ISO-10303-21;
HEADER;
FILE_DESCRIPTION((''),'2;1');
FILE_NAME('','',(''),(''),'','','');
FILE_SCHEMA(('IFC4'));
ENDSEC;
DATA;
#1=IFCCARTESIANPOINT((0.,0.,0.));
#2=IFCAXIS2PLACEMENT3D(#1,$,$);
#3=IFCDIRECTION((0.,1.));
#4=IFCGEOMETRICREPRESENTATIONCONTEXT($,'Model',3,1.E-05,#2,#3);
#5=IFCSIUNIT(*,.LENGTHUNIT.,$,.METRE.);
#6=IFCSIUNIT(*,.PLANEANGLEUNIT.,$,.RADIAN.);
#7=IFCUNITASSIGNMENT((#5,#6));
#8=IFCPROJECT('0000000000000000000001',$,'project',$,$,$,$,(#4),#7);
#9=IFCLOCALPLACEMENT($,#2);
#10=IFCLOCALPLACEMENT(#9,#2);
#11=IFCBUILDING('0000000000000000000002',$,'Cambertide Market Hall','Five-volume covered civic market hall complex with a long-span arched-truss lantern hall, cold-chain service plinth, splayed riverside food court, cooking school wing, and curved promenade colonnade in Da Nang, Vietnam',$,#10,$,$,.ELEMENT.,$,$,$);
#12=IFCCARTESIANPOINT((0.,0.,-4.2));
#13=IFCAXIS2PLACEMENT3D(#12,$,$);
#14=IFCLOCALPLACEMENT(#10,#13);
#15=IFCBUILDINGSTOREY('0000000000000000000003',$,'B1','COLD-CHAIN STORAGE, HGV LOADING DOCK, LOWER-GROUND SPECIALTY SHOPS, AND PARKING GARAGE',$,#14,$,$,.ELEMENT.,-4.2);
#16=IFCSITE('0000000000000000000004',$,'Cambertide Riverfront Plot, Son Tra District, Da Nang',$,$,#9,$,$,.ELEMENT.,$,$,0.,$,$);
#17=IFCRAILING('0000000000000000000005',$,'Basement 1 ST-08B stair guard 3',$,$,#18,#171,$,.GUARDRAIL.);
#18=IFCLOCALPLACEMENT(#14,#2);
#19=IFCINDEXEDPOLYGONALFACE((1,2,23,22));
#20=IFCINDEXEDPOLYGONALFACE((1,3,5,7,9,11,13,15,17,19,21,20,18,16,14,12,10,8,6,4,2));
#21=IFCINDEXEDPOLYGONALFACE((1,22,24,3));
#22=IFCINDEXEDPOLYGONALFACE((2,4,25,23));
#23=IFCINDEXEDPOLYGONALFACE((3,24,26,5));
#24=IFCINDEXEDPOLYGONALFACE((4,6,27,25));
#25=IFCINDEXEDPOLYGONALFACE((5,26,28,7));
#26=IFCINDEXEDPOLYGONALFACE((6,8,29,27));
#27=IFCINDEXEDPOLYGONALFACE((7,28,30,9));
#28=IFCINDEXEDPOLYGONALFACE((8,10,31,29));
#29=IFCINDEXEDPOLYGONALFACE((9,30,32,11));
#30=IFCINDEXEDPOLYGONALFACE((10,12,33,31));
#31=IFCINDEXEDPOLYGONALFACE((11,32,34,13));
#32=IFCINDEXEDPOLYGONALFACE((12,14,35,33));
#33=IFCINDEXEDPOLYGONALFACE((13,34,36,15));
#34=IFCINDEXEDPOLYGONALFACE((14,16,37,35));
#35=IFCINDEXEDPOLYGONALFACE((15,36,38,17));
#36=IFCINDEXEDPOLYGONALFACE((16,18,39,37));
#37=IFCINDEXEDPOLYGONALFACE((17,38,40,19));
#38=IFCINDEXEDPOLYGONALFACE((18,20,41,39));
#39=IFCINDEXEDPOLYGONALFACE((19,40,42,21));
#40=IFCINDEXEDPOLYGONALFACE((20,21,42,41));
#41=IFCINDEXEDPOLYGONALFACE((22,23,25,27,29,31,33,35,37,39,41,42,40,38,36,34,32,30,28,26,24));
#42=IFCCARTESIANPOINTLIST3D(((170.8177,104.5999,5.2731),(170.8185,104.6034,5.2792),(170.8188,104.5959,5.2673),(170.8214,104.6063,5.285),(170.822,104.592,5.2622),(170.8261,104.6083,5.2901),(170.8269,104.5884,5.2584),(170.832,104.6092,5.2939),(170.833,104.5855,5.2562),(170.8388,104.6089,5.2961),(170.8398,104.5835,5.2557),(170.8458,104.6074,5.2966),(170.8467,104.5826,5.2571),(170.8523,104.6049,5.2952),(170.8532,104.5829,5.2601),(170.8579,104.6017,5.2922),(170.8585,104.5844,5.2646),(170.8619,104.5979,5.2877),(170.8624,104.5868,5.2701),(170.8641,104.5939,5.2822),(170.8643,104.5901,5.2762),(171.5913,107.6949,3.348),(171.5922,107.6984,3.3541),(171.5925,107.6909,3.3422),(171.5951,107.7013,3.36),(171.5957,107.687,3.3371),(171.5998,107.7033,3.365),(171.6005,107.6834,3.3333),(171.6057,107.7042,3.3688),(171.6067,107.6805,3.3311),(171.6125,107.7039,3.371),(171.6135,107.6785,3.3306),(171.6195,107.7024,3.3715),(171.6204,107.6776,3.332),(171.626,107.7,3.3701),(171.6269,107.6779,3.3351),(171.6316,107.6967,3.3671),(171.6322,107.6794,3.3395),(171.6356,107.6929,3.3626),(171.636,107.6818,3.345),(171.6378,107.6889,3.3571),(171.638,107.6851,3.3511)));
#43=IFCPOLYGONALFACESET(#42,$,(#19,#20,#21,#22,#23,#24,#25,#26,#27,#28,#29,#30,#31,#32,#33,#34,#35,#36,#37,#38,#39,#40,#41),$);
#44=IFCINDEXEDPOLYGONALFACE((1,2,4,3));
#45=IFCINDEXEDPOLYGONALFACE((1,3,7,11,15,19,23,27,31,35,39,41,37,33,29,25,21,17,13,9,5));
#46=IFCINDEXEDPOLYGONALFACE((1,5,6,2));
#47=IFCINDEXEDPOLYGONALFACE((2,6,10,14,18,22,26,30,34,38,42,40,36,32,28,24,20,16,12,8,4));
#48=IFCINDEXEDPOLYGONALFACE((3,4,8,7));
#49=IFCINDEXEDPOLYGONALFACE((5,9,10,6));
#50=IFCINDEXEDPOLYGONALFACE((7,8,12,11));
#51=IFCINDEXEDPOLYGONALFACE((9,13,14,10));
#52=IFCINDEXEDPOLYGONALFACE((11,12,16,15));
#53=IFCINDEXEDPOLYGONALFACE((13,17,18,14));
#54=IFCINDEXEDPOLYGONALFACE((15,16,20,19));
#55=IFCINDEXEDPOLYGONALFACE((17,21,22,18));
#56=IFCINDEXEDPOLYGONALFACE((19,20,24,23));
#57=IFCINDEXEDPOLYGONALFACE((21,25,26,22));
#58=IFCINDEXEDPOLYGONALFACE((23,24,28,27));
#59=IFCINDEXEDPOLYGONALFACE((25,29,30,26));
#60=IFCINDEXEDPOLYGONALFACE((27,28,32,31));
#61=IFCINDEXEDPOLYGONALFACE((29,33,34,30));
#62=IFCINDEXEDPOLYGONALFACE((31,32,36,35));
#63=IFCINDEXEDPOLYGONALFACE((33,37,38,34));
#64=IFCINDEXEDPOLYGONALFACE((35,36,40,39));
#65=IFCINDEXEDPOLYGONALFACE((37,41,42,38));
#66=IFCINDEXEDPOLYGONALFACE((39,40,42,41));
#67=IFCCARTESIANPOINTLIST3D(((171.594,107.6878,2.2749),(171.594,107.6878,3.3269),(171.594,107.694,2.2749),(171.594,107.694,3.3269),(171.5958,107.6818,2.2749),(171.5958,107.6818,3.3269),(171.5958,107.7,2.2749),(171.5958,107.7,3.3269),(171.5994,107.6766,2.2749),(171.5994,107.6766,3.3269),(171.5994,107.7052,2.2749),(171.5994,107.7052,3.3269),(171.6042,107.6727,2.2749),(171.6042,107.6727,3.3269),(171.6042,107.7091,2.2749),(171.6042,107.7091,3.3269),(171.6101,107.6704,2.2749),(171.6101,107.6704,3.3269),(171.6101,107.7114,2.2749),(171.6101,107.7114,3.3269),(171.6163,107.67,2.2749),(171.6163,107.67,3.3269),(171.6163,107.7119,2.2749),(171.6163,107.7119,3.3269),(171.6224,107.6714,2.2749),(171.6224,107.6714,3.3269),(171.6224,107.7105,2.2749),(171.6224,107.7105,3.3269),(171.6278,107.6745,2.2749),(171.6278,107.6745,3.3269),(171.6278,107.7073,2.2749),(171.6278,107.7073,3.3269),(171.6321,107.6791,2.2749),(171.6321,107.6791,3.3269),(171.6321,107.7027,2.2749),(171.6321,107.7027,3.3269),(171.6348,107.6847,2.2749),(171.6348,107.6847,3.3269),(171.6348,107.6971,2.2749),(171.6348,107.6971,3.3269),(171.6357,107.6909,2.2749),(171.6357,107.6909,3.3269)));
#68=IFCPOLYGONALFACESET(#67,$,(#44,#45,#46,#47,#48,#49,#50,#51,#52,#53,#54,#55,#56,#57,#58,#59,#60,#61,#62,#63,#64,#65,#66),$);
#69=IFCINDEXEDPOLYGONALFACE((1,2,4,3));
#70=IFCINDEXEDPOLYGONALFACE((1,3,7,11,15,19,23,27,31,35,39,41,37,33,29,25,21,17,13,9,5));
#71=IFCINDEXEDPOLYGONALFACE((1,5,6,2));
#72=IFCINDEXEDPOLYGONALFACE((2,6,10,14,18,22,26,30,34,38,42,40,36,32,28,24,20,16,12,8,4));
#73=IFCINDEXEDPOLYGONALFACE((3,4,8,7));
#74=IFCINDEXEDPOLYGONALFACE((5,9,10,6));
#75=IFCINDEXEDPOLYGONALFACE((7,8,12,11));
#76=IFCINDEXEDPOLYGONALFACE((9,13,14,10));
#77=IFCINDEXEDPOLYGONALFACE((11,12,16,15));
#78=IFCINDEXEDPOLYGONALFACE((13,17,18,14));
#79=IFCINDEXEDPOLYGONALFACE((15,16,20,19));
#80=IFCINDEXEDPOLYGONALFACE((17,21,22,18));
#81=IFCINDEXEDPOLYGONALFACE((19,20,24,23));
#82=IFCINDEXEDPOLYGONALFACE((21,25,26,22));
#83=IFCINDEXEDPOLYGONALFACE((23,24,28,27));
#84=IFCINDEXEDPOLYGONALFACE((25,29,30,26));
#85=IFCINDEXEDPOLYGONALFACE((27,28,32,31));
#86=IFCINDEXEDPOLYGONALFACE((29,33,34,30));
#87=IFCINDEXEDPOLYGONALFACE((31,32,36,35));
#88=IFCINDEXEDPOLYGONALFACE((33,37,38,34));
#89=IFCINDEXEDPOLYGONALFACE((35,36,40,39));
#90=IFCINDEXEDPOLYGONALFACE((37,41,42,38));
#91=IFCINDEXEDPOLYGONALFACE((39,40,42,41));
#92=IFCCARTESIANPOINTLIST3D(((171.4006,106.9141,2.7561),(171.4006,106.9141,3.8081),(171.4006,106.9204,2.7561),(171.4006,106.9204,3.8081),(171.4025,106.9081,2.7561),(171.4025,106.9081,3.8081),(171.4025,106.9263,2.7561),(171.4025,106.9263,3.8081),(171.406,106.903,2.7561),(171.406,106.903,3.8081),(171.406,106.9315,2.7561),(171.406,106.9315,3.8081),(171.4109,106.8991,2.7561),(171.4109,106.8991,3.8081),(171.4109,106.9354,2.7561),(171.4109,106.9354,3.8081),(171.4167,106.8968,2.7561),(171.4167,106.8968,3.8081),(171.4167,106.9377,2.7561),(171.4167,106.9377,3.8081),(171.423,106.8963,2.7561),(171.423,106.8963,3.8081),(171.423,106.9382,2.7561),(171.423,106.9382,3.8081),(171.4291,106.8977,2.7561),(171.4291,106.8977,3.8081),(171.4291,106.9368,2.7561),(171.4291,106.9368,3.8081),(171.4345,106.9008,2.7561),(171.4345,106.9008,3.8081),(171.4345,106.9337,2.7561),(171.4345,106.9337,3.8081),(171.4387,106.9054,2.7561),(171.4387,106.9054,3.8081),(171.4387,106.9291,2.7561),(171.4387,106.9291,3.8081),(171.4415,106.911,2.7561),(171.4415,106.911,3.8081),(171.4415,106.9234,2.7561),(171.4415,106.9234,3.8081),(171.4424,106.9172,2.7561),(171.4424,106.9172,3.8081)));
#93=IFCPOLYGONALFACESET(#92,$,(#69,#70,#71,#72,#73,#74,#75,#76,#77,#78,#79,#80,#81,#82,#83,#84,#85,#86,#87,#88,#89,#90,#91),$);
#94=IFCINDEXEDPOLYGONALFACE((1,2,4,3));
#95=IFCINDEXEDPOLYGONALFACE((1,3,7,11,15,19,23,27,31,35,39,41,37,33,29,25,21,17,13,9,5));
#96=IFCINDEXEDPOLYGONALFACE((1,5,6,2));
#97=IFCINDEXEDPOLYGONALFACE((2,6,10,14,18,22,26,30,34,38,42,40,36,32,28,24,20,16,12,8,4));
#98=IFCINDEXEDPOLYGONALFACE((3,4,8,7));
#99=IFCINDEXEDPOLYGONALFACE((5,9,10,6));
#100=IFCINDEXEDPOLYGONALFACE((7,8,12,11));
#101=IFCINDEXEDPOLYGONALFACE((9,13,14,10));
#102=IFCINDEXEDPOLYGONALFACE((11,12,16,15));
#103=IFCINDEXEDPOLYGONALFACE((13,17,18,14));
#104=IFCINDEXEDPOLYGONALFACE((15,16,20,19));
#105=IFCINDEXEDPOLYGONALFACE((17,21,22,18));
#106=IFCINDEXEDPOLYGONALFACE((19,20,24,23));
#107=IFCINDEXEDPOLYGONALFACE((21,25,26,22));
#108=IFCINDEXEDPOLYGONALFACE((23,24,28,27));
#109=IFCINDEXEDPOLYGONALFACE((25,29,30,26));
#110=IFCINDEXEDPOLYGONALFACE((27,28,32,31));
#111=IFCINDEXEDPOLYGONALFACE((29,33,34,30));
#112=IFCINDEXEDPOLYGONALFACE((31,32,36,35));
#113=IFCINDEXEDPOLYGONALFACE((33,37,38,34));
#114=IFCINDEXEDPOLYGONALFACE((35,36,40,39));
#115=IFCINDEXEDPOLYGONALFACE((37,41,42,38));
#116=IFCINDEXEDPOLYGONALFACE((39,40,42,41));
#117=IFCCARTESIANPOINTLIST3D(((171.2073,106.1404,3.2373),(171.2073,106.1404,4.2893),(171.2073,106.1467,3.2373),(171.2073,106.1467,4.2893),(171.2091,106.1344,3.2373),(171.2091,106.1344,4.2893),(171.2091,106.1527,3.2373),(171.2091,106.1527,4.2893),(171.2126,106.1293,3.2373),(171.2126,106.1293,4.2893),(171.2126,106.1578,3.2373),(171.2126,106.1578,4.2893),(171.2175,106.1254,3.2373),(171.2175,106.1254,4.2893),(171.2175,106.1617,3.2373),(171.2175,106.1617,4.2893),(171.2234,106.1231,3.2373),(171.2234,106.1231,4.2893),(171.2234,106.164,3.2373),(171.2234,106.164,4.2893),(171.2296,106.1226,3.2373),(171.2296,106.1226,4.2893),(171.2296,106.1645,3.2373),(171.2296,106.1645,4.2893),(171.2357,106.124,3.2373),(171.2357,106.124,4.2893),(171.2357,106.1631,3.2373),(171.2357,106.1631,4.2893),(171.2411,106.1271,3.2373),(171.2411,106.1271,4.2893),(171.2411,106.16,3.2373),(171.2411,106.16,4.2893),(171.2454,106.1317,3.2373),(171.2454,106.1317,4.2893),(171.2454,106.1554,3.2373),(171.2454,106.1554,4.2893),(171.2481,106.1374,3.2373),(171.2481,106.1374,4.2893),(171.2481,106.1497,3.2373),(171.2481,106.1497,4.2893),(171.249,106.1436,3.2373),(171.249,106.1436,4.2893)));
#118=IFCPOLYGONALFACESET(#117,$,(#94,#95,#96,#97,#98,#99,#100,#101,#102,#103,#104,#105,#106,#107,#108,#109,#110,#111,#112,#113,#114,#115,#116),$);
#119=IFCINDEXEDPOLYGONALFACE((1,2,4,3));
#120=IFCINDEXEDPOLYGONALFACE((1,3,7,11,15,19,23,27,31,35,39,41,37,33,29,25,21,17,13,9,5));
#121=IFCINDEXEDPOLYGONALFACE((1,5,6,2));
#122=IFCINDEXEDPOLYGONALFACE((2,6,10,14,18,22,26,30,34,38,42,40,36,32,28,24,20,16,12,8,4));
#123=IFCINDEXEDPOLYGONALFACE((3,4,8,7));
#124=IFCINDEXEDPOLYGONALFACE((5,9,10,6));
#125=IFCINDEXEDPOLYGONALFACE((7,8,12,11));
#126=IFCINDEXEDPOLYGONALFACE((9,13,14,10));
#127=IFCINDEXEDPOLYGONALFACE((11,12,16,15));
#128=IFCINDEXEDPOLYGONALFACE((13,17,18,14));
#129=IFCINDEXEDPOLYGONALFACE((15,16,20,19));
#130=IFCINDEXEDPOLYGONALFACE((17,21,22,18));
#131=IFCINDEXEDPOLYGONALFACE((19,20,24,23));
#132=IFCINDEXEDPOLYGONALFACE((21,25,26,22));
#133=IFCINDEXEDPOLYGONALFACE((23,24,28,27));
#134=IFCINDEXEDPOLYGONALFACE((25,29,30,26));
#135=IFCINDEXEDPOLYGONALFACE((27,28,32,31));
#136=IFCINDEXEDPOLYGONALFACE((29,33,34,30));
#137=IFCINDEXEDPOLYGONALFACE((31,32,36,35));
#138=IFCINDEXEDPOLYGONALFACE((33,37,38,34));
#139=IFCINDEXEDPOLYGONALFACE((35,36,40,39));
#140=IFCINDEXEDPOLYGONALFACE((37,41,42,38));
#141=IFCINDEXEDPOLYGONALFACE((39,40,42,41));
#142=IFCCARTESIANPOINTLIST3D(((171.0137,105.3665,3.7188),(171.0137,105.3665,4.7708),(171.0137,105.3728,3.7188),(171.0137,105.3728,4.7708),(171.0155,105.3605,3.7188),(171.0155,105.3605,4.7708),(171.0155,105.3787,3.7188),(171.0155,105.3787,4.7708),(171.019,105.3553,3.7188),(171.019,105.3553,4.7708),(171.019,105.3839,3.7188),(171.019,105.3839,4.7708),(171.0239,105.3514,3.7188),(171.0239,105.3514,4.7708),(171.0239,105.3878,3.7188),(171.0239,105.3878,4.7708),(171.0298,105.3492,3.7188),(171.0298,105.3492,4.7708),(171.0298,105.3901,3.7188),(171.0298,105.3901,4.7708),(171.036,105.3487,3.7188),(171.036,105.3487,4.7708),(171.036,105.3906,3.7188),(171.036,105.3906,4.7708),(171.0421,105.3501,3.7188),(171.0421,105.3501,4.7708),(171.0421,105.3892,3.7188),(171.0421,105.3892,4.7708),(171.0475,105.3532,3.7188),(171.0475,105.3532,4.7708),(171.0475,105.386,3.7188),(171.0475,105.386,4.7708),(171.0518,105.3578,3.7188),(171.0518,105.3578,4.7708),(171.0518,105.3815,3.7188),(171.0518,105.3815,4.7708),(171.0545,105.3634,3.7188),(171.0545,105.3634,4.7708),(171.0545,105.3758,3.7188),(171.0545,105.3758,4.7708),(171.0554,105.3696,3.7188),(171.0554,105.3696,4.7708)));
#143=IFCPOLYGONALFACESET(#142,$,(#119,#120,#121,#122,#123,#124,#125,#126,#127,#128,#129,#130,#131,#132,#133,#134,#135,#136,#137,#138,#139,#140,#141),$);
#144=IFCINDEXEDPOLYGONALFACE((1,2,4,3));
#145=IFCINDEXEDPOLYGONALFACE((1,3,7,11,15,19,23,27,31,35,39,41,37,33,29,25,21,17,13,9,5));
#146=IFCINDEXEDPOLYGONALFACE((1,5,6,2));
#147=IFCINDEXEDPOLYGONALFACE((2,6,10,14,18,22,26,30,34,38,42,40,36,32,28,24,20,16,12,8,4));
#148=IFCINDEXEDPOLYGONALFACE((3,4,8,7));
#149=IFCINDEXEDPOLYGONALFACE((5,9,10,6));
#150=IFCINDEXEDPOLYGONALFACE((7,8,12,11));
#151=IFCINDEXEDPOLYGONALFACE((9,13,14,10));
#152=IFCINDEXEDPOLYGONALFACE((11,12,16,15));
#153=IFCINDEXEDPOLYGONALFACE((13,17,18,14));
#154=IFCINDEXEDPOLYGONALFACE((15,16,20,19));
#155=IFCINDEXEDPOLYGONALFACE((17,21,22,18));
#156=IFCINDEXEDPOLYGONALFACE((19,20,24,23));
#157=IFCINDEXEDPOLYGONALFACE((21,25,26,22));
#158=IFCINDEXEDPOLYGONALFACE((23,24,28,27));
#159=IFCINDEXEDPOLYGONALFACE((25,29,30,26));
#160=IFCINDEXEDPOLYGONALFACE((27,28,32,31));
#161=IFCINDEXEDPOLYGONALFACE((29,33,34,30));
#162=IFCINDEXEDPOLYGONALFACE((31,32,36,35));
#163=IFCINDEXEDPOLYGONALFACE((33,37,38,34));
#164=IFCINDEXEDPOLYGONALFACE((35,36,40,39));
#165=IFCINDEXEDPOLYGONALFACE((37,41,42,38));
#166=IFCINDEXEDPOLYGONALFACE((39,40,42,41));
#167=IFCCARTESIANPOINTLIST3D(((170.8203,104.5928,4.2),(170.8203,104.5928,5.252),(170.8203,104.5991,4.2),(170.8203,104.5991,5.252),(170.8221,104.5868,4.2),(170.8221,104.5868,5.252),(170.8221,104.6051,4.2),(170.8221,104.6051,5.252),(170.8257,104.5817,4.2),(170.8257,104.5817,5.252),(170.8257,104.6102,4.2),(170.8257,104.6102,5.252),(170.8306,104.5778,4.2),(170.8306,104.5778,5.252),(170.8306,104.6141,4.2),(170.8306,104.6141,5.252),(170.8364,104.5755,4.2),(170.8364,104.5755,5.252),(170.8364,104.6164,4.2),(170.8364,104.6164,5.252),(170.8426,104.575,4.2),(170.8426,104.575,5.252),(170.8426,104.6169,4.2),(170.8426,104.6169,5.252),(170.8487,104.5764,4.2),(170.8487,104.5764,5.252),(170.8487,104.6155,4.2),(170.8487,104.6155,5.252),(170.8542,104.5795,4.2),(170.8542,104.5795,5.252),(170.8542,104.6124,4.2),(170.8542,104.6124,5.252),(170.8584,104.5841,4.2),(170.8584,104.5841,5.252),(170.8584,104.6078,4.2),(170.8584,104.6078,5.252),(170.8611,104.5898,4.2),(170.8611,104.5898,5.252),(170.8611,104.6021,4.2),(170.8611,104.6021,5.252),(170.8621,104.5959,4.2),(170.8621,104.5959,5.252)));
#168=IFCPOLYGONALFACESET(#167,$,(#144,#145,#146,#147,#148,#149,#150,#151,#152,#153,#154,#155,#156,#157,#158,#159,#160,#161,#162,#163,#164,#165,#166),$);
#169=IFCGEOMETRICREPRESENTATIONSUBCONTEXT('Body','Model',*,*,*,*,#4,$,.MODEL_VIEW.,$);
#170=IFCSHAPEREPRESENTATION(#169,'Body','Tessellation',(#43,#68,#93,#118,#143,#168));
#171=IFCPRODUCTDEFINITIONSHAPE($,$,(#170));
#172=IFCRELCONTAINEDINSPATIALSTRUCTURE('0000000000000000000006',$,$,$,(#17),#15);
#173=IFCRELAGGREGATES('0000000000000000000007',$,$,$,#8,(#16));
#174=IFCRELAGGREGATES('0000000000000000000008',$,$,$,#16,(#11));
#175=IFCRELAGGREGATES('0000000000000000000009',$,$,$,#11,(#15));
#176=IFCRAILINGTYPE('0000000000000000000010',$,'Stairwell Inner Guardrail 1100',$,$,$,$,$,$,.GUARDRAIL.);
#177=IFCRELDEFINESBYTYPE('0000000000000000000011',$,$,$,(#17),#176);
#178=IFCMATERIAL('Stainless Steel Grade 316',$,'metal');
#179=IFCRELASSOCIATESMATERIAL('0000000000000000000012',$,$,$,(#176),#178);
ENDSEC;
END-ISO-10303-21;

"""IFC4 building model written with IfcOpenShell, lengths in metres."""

from ifc_helpers import new_model, si_unit, direction, frame, origin, origin_2d, place, context, subcontext, project, spatial, circle, extrude, material, type_object, element, save


model = new_model("IFC4")

# Units and contexts
model_context = context("Model", 3, precision=1e-05, world=origin(), true_north=direction((0.0, 1.0)))
body_context = subcontext(model_context, "Body", "Model", "MODEL_VIEW")
ifc_project = project(units=[si_unit("LENGTHUNIT", "METRE"), si_unit("PLANEANGLEUNIT", "RADIAN")], contexts=[model_context])

# Site, building, storey
site_placement = place(None, origin())
site = spatial("IfcSite", under=ifc_project, at=site_placement, Name="Cambertide Riverfront Plot, Son Tra District, Da Nang", CompositionType="ELEMENT", RefElevation=0.0)
building_placement = place(site_placement, origin())
building = spatial("IfcBuilding", under=site, at=building_placement, Name="Cambertide Market Hall", Description="Five-volume covered civic market hall complex with a long-span arched-truss lantern hall, cold-chain service plinth, splayed riverside food court, cooking school wing, and curved promenade colonnade in Da Nang, Vietnam", CompositionType="ELEMENT")
storey_placement = place(building_placement, frame((0.0, 0.0, -4.2)))
storey = spatial("IfcBuildingStorey", under=building, at=storey_placement, Name="B1", Description="COLD-CHAIN STORAGE, HGV LOADING DOCK, LOWER-GROUND SPECIALTY SHOPS, AND PARKING GARAGE", CompositionType="ELEMENT", Elevation=-4.2)

# Railing
ifc_material_1 = material(Name="Stainless Steel Grade 316", Category="metal")
railing_type_1 = type_object("IfcRailingType", Name="Stairwell Inner Guardrail 1100", PredefinedType="GUARDRAIL", material=ifc_material_1)
railing_1_placement = place(storey_placement, frame((171.6147, 107.6909, 2.2749)))
element("IfcRailing", 1, at=railing_1_placement, inside=storey, type_object=railing_type_1, Name="Basement 1 ST-08B stair guard 3", PredefinedType="GUARDRAIL", context=body_context, shape_type="SweptSolid", body=[
    extrude(circle(Radius=0.0239, at=origin_2d()), frame((0.0, 0.0, 1.0762), z_axis=(-0.207643, -0.830637, 0.51665), x_axis=(0.970147, -0.242518, 0.0)), (0.0, 0.0, 1.0), 3.7261),
    extrude(circle(Radius=0.021, at=origin_2d()), origin(), (0.0, 0.0, 1.0), 1.052),
    extrude(circle(Radius=0.021, at=origin_2d()), frame((-0.1934, -0.7737, 0.4812)), (0.0, 0.0, 1.0), 1.052),
    extrude(circle(Radius=0.021, at=origin_2d()), frame((-0.3867, -1.5474, 0.9624)), (0.0, 0.0, 1.0), 1.052),
    extrude(circle(Radius=0.021, at=origin_2d()), frame((-0.5803, -2.3213, 1.4438)), (0.0, 0.0, 1.0), 1.052),
    extrude(circle(Radius=0.021, at=origin_2d()), frame((-0.7737, -3.095, 1.925)), (0.0, 0.0, 1.0), 1.052),
])

save(model, "model.ifc")
